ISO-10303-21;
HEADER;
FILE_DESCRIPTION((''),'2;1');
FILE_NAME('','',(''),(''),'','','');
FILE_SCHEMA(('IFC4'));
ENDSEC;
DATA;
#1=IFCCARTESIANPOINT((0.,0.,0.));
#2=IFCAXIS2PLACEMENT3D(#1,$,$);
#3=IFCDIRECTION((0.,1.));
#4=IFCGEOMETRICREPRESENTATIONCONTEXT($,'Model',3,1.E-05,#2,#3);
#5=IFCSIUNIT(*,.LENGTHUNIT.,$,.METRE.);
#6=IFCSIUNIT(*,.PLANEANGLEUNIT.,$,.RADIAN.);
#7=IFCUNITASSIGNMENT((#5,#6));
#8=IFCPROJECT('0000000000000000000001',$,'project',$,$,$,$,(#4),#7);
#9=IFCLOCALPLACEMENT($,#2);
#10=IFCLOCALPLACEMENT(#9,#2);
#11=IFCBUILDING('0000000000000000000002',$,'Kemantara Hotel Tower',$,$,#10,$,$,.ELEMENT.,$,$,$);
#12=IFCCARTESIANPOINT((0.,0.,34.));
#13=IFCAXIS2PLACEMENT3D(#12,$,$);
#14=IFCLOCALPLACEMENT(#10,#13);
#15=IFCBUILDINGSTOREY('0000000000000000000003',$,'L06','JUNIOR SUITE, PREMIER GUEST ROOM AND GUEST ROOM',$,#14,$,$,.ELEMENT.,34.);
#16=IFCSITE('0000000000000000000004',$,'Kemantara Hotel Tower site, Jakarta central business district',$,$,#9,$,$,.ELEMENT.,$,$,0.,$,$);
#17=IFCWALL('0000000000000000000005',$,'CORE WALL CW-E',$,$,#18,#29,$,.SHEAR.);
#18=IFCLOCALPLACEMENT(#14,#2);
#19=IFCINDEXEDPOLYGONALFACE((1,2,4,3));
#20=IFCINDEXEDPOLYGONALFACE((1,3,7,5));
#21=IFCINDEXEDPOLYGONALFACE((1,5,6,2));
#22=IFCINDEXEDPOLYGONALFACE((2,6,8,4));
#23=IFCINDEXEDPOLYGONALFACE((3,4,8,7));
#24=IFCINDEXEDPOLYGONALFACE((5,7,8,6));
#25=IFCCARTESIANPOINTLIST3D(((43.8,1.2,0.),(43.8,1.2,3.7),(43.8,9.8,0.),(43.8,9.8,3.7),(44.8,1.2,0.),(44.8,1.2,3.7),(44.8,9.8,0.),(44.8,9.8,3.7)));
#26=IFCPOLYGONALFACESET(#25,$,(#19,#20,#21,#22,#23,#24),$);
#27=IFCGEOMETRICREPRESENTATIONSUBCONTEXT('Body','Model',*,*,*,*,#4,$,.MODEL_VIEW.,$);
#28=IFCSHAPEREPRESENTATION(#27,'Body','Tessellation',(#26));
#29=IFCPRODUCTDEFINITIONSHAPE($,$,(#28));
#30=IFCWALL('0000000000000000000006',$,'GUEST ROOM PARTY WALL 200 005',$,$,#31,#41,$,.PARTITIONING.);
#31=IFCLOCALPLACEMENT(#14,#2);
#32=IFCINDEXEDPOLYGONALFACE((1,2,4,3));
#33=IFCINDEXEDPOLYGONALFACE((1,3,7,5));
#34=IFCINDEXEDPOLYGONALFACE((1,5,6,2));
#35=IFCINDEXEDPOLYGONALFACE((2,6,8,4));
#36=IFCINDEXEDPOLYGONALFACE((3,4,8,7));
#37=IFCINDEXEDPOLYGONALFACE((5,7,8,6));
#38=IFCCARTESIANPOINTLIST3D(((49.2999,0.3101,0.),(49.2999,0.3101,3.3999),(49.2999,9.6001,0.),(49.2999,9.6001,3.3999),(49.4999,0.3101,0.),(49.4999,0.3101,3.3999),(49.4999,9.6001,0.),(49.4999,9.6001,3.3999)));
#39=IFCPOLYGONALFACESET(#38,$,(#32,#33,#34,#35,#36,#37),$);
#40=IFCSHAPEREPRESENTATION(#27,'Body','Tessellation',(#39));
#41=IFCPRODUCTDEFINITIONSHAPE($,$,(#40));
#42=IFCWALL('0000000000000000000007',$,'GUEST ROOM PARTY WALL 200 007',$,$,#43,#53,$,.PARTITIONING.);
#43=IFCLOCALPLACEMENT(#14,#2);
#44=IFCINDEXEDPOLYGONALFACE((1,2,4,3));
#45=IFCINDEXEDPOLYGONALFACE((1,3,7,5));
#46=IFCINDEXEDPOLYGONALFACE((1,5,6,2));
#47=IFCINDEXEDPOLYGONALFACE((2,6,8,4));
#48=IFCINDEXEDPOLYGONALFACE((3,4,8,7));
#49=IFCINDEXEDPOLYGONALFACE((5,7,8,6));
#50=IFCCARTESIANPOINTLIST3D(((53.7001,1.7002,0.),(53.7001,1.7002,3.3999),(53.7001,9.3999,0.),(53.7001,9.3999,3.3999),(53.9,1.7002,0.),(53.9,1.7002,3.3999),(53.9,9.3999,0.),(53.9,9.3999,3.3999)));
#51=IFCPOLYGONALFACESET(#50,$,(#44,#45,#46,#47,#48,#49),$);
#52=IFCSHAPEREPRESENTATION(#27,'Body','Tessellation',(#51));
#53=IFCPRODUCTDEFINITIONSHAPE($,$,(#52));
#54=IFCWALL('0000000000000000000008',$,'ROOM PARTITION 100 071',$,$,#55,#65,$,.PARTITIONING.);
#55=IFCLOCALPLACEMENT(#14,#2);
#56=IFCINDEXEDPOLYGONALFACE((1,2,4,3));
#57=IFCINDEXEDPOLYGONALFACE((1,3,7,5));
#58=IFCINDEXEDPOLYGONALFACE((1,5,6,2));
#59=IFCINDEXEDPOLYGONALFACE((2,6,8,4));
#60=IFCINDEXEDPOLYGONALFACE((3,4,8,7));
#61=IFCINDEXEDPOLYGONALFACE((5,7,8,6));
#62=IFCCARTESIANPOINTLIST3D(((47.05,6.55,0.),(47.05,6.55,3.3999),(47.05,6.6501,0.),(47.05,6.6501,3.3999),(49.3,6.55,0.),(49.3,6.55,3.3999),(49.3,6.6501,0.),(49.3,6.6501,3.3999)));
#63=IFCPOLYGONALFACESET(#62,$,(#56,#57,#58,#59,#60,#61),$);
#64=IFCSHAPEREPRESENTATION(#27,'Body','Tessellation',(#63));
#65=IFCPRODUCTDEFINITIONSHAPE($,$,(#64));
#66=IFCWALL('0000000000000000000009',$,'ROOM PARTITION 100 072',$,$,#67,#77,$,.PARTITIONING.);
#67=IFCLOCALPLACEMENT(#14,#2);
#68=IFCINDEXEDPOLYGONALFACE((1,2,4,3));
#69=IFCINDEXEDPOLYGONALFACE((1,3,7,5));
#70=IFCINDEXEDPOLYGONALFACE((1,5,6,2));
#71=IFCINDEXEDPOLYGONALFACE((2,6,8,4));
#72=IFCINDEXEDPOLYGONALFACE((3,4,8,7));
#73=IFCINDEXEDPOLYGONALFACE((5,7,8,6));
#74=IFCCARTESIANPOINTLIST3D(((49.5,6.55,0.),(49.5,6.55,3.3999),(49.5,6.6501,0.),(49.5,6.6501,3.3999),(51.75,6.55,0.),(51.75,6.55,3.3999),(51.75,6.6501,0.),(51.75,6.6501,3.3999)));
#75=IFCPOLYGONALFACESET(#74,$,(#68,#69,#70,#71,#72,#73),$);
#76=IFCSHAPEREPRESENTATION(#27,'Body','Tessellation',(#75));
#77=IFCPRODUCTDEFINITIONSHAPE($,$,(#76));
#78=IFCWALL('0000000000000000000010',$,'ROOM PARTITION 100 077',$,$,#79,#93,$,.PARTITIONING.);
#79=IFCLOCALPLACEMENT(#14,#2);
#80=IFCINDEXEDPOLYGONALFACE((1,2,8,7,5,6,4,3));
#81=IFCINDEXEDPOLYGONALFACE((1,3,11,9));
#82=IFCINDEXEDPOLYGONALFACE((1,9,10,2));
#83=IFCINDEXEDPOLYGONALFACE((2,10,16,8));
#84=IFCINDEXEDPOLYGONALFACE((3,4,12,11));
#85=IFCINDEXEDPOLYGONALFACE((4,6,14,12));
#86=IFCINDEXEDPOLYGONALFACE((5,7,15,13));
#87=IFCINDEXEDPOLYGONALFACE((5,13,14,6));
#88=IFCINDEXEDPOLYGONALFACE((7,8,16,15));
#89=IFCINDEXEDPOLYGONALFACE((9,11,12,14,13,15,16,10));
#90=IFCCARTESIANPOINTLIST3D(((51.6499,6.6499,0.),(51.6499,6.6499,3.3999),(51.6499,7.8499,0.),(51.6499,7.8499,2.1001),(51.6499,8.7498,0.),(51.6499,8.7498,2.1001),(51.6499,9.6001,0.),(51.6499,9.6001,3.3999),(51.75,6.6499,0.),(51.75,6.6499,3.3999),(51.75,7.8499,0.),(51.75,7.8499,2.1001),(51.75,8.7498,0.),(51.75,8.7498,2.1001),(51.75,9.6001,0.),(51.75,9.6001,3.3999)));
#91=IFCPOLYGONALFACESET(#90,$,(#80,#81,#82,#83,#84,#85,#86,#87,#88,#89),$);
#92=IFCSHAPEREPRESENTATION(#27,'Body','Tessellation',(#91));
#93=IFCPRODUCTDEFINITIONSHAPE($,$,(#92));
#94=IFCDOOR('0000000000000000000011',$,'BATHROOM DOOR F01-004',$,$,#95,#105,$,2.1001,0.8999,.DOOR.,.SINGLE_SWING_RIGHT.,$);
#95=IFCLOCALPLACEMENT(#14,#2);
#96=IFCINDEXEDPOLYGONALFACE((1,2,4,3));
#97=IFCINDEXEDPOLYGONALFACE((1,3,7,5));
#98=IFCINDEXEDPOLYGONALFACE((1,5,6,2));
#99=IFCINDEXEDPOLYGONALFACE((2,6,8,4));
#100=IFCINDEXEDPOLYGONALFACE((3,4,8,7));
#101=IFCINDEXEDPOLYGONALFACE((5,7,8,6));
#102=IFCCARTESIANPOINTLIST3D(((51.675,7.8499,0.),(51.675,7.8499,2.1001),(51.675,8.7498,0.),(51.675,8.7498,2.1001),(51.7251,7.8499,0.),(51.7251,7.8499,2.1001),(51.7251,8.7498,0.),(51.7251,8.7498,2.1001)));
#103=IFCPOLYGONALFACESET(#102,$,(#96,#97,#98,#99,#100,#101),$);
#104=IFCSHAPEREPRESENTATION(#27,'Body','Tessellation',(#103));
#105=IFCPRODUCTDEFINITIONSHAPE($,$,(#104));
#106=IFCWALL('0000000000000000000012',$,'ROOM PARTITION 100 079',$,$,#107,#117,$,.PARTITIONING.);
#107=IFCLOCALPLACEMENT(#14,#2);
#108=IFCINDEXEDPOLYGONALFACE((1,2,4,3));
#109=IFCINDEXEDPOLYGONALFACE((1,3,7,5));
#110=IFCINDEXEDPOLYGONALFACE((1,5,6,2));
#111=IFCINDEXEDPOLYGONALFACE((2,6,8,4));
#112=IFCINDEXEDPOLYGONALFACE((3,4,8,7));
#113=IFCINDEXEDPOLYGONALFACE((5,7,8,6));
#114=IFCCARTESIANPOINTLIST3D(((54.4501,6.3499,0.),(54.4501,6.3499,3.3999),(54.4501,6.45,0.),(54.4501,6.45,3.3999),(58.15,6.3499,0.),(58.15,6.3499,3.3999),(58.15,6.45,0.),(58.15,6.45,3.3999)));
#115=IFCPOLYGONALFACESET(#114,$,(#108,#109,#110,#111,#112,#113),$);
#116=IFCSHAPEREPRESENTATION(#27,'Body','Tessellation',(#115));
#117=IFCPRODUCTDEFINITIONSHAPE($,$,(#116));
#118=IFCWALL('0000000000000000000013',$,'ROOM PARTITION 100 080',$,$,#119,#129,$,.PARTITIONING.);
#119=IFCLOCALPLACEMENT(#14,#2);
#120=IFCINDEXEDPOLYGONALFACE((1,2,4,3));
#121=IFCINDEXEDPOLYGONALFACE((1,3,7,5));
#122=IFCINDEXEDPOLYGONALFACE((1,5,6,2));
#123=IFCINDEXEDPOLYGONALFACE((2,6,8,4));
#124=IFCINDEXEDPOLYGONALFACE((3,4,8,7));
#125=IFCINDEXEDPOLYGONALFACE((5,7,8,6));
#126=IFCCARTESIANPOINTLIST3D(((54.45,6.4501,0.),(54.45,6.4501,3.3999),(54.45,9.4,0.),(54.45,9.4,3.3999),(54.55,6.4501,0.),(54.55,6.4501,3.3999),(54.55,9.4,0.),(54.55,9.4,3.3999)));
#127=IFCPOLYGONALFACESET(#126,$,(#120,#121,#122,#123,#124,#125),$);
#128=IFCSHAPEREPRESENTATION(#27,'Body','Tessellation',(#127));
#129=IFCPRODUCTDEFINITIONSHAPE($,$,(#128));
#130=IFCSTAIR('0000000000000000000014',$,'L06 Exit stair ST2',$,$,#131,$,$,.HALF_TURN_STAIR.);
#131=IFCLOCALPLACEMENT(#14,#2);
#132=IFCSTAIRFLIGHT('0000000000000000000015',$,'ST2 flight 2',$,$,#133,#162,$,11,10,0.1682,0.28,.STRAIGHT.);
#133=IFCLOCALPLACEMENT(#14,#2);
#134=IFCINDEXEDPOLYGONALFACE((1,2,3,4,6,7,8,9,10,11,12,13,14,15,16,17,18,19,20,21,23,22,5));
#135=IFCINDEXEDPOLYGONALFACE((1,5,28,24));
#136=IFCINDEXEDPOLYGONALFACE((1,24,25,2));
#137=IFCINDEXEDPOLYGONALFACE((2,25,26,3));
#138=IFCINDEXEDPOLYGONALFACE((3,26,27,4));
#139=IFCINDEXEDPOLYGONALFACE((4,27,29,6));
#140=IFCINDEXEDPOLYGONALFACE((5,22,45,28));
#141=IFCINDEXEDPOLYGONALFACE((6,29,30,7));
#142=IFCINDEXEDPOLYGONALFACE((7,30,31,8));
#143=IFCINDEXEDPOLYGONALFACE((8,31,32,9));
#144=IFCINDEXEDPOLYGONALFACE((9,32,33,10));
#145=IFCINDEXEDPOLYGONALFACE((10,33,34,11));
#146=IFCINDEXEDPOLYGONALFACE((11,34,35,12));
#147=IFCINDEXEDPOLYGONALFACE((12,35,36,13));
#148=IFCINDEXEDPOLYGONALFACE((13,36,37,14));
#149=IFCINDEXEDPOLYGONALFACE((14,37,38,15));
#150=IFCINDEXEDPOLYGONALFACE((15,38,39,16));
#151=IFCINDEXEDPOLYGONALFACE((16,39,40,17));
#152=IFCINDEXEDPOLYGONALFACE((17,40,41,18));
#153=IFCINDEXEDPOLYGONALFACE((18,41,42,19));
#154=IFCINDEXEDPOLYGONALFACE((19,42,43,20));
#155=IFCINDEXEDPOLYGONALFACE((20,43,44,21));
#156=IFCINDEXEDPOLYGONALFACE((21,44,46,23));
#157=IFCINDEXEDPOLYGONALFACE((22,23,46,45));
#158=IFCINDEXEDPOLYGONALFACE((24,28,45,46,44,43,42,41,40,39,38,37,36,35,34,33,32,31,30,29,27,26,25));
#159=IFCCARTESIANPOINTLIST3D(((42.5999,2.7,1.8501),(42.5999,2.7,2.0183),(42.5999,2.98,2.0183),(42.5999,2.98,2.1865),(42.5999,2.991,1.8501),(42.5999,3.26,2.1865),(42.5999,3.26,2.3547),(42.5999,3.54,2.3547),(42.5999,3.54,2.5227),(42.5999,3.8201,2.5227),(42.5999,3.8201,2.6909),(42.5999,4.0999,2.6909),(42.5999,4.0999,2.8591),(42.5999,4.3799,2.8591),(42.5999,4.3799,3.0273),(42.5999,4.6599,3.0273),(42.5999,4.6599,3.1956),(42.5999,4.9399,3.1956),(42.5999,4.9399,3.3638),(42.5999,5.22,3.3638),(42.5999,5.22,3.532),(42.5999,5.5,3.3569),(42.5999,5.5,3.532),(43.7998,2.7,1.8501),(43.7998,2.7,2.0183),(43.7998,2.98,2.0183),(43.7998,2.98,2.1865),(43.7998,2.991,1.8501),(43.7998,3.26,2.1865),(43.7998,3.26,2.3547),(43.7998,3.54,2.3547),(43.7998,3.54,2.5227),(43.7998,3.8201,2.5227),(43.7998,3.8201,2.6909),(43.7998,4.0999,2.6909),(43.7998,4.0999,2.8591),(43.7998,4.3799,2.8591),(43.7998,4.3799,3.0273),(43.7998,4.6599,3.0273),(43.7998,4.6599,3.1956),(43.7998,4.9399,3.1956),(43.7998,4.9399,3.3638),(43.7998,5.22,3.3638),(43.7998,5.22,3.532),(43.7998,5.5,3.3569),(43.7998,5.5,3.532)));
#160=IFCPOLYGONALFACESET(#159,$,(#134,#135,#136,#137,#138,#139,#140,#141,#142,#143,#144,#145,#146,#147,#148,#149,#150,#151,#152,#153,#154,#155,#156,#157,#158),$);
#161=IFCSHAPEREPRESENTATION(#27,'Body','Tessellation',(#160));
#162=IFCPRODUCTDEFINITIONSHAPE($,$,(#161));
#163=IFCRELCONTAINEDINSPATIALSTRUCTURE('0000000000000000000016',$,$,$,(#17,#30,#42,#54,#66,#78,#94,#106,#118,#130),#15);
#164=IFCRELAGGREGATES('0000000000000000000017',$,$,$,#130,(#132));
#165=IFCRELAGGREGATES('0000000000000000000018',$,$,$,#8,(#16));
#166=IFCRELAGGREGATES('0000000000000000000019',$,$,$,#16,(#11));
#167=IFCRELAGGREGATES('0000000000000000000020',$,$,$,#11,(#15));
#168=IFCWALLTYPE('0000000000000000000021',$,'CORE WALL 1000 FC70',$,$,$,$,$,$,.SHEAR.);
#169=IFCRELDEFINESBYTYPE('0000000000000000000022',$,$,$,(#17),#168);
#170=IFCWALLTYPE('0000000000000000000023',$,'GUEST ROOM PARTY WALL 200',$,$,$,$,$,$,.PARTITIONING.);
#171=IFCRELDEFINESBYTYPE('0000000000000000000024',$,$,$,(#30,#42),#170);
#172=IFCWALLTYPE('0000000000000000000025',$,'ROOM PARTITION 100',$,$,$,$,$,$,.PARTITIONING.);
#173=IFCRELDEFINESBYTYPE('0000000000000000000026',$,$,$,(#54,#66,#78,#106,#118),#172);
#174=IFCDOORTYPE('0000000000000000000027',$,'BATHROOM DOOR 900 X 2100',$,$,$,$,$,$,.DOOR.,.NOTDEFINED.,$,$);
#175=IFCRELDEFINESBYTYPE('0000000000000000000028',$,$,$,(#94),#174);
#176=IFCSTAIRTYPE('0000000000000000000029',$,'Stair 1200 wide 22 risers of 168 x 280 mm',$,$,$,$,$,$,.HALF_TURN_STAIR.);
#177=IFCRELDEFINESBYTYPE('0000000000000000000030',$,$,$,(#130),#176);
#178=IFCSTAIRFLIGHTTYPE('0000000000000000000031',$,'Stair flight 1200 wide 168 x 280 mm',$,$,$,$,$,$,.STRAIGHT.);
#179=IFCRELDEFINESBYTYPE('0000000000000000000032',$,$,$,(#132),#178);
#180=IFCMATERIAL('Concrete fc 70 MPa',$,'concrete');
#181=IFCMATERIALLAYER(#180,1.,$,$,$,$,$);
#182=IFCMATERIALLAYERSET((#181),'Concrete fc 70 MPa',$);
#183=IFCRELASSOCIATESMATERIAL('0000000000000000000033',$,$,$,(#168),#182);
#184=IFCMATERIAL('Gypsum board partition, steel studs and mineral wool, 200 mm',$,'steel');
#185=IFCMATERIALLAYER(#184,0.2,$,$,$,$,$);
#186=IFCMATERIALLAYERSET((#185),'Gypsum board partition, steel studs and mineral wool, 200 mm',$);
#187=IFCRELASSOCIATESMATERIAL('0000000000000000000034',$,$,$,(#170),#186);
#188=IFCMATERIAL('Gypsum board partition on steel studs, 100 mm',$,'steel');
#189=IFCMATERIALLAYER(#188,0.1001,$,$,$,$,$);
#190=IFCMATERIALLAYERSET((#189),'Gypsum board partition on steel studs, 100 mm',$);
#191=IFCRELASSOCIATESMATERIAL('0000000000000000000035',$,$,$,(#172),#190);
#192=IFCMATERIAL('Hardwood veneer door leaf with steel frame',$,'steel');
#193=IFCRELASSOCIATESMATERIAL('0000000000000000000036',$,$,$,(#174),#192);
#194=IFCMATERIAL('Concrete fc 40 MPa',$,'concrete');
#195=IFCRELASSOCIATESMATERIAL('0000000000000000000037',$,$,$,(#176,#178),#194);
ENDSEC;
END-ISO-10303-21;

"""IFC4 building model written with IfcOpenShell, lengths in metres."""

from ifc_helpers import new_model, si_unit, direction, frame, frame_2d, origin, place, context, subcontext, project, spatial, polyline, rectangle, outline, extrude, material, layer, layer_set, type_object, element, fill, aggregate, save


model = new_model("IFC4")

# Units and contexts
model_context = context("Model", 3, precision=1e-05, world=origin(), true_north=direction((0.0, 1.0)))
body_context = subcontext(model_context, "Body", "Model", "MODEL_VIEW")
ifc_project = project(units=[si_unit("LENGTHUNIT", "METRE"), si_unit("PLANEANGLEUNIT", "RADIAN")], contexts=[model_context])

# Site, building, storey
site_placement = place(None, origin())
site = spatial("IfcSite", under=ifc_project, at=site_placement, Name="Kemantara Hotel Tower site, Jakarta central business district", CompositionType="ELEMENT", RefElevation=0.0)
building_placement = place(site_placement, origin())
building = spatial("IfcBuilding", under=site, at=building_placement, Name="Kemantara Hotel Tower", CompositionType="ELEMENT")
storey_placement = place(building_placement, frame((0.0, 0.0, 34.0)))
storey = spatial("IfcBuildingStorey", under=building, at=storey_placement, Name="L06", Description="JUNIOR SUITE, PREMIER GUEST ROOM AND GUEST ROOM", CompositionType="ELEMENT", Elevation=34.0)

# Shared definitions
ifc_material_1 = material(Name="Concrete fc 70 MPa", Category="concrete")

# Walls
ifc_layer_1 = layer(ifc_material_1, 1.0)
ifc_layer_set_1 = layer_set([ifc_layer_1], Name="Concrete fc 70 MPa")
wall_type_1 = type_object("IfcWallType", Name="CORE WALL 1000 FC70", PredefinedType="SHEAR", material=ifc_layer_set_1)
wall_1_placement = place(storey_placement, frame((44.3, 1.2, 0.0), z_axis=(0.0, 0.0, 1.0), x_axis=(0.0, 1.0, 0.0)))
element("IfcWall", 1, at=wall_1_placement, inside=storey, type_object=wall_type_1, Name="CORE WALL CW-E", PredefinedType="SHEAR", context=body_context, shape_type="SweptSolid", body=[
    extrude(rectangle(XDim=8.6001, YDim=1.0, at=frame_2d((4.3, 0.0))), origin(), (0.0, 0.0, 1.0), 3.7),
])
ifc_material_2 = material(Name="Gypsum board partition, steel studs and mineral wool, 200 mm", Category="steel")
ifc_layer_2 = layer(ifc_material_2, 0.2)
ifc_layer_set_2 = layer_set([ifc_layer_2], Name="Gypsum board partition, steel studs and mineral wool, 200 mm")
wall_type_2 = type_object("IfcWallType", Name="GUEST ROOM PARTY WALL 200", PredefinedType="PARTITIONING", material=ifc_layer_set_2)
wall_2_placement = place(storey_placement, frame((49.3999, 0.3101, 0.0), z_axis=(0.0, 0.0, 1.0), x_axis=(0.0, 1.0, 0.0)))
element("IfcWall", 2, at=wall_2_placement, inside=storey, type_object=wall_type_2, Name="GUEST ROOM PARTY WALL 200 005", PredefinedType="PARTITIONING", context=body_context, shape_type="SweptSolid", body=[
    extrude(rectangle(XDim=9.29, YDim=0.2, at=frame_2d((4.645, 0.0))), origin(), (0.0, 0.0, 1.0), 3.3999),
])
wall_3_placement = place(storey_placement, frame((53.8, 1.7002, 0.0), z_axis=(0.0, 0.0, 1.0), x_axis=(0.0, 1.0, 0.0)))
element("IfcWall", 3, at=wall_3_placement, inside=storey, type_object=wall_type_2, Name="GUEST ROOM PARTY WALL 200 007", PredefinedType="PARTITIONING", context=body_context, shape_type="SweptSolid", body=[
    extrude(rectangle(XDim=7.6997, YDim=0.2, at=frame_2d((3.8499, 0.0))), origin(), (0.0, 0.0, 1.0), 3.3999),
])
ifc_material_3 = material(Name="Gypsum board partition on steel studs, 100 mm", Category="steel")
ifc_layer_3 = layer(ifc_material_3, 0.1001)
ifc_layer_set_3 = layer_set([ifc_layer_3], Name="Gypsum board partition on steel studs, 100 mm")
wall_type_3 = type_object("IfcWallType", Name="ROOM PARTITION 100", PredefinedType="PARTITIONING", material=ifc_layer_set_3)
for number, where, z_axis, x_axis, name in (
    (4, (47.05, 6.6001, 0.0), (0.0, 0.0, 1.0), (1.0, 0.0, 0.0), "ROOM PARTITION 100 071"),
    (5, (49.5, 6.6001, 0.0), (0.0, 0.0, 1.0), (1.0, 0.0, 0.0), "ROOM PARTITION 100 072"),
):
    element("IfcWall", number, at=place(storey_placement, frame(where, z_axis=z_axis, x_axis=x_axis)), inside=storey, type_object=wall_type_3, Name=name, PredefinedType="PARTITIONING", context=body_context, shape_type="SweptSolid", body=[
        extrude(rectangle(XDim=2.25, YDim=0.1001, at=frame_2d((1.125, 0.0))), origin(), (0.0, 0.0, 1.0), 3.3999),
    ])

# Wall, opening, door
wall_4_placement = place(storey_placement, frame((51.7, 6.6499, 0.0), z_axis=(0.0, 0.0, 1.0), x_axis=(0.0, 1.0, 0.0)))
wall_4 = element("IfcWall", 6, at=wall_4_placement, inside=storey, type_object=wall_type_3, Name="ROOM PARTITION 100 077", PredefinedType="PARTITIONING", context=body_context, shape_type="SweptSolid", body=[
    extrude(rectangle(XDim=2.9502, YDim=0.1001, at=frame_2d((1.4751, 0.0))), origin(), (0.0, 0.0, 1.0), 3.3999),
])
opening_1_placement = place(wall_4_placement, frame((1.2, 0.0, 0.0)))
opening_1 = element("IfcOpeningElement", 7, at=opening_1_placement, cuts=wall_4, PredefinedType="OPENING", context=body_context, shape_type="SweptSolid", body=[
    extrude(rectangle(XDim=0.8999, YDim=2.1001, at=frame_2d((0.45, 1.05))), frame((0.0, 0.0601, 0.0), z_axis=(0.0, -1.0, 0.0), x_axis=(1.0, 0.0, 0.0)), (0.0, 0.0, 1.0), 0.1201),
])
ifc_material_4 = material(Name="Hardwood veneer door leaf with steel frame", Category="steel")
door_type = type_object("IfcDoorType", Name="BATHROOM DOOR 900 X 2100", OperationType="NOTDEFINED", PredefinedType="DOOR", material=ifc_material_4)
door_placement = place(opening_1_placement, origin())
door = element("IfcDoor", 8, at=door_placement, inside=storey, type_object=door_type, Name="BATHROOM DOOR F01-004", OperationType="SINGLE_SWING_RIGHT", OverallHeight=2.1001, OverallWidth=0.8999, PredefinedType="DOOR", context=body_context, shape_type="SweptSolid", body=[
    extrude(rectangle(XDim=0.8999, YDim=2.1001, at=frame_2d((0.45, 1.05))), frame((0.0, 0.0249, 0.0), z_axis=(0.0, -1.0, 0.0), x_axis=(1.0, 0.0, 0.0)), (0.0, 0.0, 1.0), 0.05),
])
fill(opening_1, door)

# Walls
wall_5_placement = place(storey_placement, frame((54.45, 6.3999, 0.0), z_axis=(0.0, 0.0, 1.0), x_axis=(1.0, 0.0, 0.0)))
element("IfcWall", 9, at=wall_5_placement, inside=storey, type_object=wall_type_3, Name="ROOM PARTITION 100 079", PredefinedType="PARTITIONING", context=body_context, shape_type="SweptSolid", body=[
    extrude(rectangle(XDim=3.7, YDim=0.1001, at=frame_2d((1.8501, 0.0))), origin(), (0.0, 0.0, 1.0), 3.3999),
])
wall_6_placement = place(storey_placement, frame((54.5, 6.45, 0.0), z_axis=(0.0, 0.0, 1.0), x_axis=(0.0, 1.0, 0.0)))
element("IfcWall", 10, at=wall_6_placement, inside=storey, type_object=wall_type_3, Name="ROOM PARTITION 100 080", PredefinedType="PARTITIONING", context=body_context, shape_type="SweptSolid", body=[
    extrude(rectangle(XDim=2.95, YDim=0.1001, at=frame_2d((1.4751, 0.0))), origin(), (0.0, 0.0, 1.0), 3.3999),
])

# Stair, stair flight
ifc_material_5 = material(Name="Concrete fc 40 MPa", Category="concrete")
stair_type = type_object("IfcStairType", Name="Stair 1200 wide 22 risers of 168 x 280 mm", PredefinedType="HALF_TURN_STAIR", material=ifc_material_5)
stair_placement = place(storey_placement, origin())
stair = element("IfcStair", 11, at=stair_placement, inside=storey, type_object=stair_type, Name="L06 Exit stair ST2", PredefinedType="HALF_TURN_STAIR")
stair_flight_type = type_object("IfcStairFlightType", Name="Stair flight 1200 wide 168 x 280 mm", PredefinedType="STRAIGHT", material=ifc_material_5)
stair_flight_placement = place(storey_placement, frame((43.2, 2.7, 1.8501), z_axis=(0.0, 0.0, 1.0), x_axis=(0.0, 1.0, 0.0)))
stair_flight = element("IfcStairFlight", 12, at=stair_flight_placement, type_object=stair_flight_type, Name="ST2 flight 2", NumberOfRisers=11, NumberOfTreads=10, PredefinedType="STRAIGHT", RiserHeight=0.1682, TreadLength=0.28, context=body_context, shape_type="SweptSolid", body=[
    extrude(outline(polyline([(0.0, 0.0), (0.0, 0.1682), (0.28, 0.1682), (0.28, 0.3364), (0.5601, 0.3364), (0.5601, 0.5046), (0.8401, 0.5046), (0.8401, 0.6726), (1.1201, 0.6726), (1.1201, 0.8408), (1.3999, 0.8408), (1.3999, 1.009), (1.6799, 1.009), (1.6799, 1.1772), (1.96, 1.1772), (1.96, 1.3455), (2.24, 1.3455), (2.24, 1.5137), (2.52, 1.5137), (2.52, 1.6819), (2.8, 1.6819), (2.8, 1.8501), (2.8, 1.5068), (0.291, 0.0), (0.0, 0.0)])), frame((0.0, 0.6001, 0.0), z_axis=(0.0, -1.0, 0.0), x_axis=(1.0, 0.0, 0.0)), (0.0, 0.0, 1.0), 1.2),
])
aggregate(stair, [stair_flight])

save(model, "model.ifc")
